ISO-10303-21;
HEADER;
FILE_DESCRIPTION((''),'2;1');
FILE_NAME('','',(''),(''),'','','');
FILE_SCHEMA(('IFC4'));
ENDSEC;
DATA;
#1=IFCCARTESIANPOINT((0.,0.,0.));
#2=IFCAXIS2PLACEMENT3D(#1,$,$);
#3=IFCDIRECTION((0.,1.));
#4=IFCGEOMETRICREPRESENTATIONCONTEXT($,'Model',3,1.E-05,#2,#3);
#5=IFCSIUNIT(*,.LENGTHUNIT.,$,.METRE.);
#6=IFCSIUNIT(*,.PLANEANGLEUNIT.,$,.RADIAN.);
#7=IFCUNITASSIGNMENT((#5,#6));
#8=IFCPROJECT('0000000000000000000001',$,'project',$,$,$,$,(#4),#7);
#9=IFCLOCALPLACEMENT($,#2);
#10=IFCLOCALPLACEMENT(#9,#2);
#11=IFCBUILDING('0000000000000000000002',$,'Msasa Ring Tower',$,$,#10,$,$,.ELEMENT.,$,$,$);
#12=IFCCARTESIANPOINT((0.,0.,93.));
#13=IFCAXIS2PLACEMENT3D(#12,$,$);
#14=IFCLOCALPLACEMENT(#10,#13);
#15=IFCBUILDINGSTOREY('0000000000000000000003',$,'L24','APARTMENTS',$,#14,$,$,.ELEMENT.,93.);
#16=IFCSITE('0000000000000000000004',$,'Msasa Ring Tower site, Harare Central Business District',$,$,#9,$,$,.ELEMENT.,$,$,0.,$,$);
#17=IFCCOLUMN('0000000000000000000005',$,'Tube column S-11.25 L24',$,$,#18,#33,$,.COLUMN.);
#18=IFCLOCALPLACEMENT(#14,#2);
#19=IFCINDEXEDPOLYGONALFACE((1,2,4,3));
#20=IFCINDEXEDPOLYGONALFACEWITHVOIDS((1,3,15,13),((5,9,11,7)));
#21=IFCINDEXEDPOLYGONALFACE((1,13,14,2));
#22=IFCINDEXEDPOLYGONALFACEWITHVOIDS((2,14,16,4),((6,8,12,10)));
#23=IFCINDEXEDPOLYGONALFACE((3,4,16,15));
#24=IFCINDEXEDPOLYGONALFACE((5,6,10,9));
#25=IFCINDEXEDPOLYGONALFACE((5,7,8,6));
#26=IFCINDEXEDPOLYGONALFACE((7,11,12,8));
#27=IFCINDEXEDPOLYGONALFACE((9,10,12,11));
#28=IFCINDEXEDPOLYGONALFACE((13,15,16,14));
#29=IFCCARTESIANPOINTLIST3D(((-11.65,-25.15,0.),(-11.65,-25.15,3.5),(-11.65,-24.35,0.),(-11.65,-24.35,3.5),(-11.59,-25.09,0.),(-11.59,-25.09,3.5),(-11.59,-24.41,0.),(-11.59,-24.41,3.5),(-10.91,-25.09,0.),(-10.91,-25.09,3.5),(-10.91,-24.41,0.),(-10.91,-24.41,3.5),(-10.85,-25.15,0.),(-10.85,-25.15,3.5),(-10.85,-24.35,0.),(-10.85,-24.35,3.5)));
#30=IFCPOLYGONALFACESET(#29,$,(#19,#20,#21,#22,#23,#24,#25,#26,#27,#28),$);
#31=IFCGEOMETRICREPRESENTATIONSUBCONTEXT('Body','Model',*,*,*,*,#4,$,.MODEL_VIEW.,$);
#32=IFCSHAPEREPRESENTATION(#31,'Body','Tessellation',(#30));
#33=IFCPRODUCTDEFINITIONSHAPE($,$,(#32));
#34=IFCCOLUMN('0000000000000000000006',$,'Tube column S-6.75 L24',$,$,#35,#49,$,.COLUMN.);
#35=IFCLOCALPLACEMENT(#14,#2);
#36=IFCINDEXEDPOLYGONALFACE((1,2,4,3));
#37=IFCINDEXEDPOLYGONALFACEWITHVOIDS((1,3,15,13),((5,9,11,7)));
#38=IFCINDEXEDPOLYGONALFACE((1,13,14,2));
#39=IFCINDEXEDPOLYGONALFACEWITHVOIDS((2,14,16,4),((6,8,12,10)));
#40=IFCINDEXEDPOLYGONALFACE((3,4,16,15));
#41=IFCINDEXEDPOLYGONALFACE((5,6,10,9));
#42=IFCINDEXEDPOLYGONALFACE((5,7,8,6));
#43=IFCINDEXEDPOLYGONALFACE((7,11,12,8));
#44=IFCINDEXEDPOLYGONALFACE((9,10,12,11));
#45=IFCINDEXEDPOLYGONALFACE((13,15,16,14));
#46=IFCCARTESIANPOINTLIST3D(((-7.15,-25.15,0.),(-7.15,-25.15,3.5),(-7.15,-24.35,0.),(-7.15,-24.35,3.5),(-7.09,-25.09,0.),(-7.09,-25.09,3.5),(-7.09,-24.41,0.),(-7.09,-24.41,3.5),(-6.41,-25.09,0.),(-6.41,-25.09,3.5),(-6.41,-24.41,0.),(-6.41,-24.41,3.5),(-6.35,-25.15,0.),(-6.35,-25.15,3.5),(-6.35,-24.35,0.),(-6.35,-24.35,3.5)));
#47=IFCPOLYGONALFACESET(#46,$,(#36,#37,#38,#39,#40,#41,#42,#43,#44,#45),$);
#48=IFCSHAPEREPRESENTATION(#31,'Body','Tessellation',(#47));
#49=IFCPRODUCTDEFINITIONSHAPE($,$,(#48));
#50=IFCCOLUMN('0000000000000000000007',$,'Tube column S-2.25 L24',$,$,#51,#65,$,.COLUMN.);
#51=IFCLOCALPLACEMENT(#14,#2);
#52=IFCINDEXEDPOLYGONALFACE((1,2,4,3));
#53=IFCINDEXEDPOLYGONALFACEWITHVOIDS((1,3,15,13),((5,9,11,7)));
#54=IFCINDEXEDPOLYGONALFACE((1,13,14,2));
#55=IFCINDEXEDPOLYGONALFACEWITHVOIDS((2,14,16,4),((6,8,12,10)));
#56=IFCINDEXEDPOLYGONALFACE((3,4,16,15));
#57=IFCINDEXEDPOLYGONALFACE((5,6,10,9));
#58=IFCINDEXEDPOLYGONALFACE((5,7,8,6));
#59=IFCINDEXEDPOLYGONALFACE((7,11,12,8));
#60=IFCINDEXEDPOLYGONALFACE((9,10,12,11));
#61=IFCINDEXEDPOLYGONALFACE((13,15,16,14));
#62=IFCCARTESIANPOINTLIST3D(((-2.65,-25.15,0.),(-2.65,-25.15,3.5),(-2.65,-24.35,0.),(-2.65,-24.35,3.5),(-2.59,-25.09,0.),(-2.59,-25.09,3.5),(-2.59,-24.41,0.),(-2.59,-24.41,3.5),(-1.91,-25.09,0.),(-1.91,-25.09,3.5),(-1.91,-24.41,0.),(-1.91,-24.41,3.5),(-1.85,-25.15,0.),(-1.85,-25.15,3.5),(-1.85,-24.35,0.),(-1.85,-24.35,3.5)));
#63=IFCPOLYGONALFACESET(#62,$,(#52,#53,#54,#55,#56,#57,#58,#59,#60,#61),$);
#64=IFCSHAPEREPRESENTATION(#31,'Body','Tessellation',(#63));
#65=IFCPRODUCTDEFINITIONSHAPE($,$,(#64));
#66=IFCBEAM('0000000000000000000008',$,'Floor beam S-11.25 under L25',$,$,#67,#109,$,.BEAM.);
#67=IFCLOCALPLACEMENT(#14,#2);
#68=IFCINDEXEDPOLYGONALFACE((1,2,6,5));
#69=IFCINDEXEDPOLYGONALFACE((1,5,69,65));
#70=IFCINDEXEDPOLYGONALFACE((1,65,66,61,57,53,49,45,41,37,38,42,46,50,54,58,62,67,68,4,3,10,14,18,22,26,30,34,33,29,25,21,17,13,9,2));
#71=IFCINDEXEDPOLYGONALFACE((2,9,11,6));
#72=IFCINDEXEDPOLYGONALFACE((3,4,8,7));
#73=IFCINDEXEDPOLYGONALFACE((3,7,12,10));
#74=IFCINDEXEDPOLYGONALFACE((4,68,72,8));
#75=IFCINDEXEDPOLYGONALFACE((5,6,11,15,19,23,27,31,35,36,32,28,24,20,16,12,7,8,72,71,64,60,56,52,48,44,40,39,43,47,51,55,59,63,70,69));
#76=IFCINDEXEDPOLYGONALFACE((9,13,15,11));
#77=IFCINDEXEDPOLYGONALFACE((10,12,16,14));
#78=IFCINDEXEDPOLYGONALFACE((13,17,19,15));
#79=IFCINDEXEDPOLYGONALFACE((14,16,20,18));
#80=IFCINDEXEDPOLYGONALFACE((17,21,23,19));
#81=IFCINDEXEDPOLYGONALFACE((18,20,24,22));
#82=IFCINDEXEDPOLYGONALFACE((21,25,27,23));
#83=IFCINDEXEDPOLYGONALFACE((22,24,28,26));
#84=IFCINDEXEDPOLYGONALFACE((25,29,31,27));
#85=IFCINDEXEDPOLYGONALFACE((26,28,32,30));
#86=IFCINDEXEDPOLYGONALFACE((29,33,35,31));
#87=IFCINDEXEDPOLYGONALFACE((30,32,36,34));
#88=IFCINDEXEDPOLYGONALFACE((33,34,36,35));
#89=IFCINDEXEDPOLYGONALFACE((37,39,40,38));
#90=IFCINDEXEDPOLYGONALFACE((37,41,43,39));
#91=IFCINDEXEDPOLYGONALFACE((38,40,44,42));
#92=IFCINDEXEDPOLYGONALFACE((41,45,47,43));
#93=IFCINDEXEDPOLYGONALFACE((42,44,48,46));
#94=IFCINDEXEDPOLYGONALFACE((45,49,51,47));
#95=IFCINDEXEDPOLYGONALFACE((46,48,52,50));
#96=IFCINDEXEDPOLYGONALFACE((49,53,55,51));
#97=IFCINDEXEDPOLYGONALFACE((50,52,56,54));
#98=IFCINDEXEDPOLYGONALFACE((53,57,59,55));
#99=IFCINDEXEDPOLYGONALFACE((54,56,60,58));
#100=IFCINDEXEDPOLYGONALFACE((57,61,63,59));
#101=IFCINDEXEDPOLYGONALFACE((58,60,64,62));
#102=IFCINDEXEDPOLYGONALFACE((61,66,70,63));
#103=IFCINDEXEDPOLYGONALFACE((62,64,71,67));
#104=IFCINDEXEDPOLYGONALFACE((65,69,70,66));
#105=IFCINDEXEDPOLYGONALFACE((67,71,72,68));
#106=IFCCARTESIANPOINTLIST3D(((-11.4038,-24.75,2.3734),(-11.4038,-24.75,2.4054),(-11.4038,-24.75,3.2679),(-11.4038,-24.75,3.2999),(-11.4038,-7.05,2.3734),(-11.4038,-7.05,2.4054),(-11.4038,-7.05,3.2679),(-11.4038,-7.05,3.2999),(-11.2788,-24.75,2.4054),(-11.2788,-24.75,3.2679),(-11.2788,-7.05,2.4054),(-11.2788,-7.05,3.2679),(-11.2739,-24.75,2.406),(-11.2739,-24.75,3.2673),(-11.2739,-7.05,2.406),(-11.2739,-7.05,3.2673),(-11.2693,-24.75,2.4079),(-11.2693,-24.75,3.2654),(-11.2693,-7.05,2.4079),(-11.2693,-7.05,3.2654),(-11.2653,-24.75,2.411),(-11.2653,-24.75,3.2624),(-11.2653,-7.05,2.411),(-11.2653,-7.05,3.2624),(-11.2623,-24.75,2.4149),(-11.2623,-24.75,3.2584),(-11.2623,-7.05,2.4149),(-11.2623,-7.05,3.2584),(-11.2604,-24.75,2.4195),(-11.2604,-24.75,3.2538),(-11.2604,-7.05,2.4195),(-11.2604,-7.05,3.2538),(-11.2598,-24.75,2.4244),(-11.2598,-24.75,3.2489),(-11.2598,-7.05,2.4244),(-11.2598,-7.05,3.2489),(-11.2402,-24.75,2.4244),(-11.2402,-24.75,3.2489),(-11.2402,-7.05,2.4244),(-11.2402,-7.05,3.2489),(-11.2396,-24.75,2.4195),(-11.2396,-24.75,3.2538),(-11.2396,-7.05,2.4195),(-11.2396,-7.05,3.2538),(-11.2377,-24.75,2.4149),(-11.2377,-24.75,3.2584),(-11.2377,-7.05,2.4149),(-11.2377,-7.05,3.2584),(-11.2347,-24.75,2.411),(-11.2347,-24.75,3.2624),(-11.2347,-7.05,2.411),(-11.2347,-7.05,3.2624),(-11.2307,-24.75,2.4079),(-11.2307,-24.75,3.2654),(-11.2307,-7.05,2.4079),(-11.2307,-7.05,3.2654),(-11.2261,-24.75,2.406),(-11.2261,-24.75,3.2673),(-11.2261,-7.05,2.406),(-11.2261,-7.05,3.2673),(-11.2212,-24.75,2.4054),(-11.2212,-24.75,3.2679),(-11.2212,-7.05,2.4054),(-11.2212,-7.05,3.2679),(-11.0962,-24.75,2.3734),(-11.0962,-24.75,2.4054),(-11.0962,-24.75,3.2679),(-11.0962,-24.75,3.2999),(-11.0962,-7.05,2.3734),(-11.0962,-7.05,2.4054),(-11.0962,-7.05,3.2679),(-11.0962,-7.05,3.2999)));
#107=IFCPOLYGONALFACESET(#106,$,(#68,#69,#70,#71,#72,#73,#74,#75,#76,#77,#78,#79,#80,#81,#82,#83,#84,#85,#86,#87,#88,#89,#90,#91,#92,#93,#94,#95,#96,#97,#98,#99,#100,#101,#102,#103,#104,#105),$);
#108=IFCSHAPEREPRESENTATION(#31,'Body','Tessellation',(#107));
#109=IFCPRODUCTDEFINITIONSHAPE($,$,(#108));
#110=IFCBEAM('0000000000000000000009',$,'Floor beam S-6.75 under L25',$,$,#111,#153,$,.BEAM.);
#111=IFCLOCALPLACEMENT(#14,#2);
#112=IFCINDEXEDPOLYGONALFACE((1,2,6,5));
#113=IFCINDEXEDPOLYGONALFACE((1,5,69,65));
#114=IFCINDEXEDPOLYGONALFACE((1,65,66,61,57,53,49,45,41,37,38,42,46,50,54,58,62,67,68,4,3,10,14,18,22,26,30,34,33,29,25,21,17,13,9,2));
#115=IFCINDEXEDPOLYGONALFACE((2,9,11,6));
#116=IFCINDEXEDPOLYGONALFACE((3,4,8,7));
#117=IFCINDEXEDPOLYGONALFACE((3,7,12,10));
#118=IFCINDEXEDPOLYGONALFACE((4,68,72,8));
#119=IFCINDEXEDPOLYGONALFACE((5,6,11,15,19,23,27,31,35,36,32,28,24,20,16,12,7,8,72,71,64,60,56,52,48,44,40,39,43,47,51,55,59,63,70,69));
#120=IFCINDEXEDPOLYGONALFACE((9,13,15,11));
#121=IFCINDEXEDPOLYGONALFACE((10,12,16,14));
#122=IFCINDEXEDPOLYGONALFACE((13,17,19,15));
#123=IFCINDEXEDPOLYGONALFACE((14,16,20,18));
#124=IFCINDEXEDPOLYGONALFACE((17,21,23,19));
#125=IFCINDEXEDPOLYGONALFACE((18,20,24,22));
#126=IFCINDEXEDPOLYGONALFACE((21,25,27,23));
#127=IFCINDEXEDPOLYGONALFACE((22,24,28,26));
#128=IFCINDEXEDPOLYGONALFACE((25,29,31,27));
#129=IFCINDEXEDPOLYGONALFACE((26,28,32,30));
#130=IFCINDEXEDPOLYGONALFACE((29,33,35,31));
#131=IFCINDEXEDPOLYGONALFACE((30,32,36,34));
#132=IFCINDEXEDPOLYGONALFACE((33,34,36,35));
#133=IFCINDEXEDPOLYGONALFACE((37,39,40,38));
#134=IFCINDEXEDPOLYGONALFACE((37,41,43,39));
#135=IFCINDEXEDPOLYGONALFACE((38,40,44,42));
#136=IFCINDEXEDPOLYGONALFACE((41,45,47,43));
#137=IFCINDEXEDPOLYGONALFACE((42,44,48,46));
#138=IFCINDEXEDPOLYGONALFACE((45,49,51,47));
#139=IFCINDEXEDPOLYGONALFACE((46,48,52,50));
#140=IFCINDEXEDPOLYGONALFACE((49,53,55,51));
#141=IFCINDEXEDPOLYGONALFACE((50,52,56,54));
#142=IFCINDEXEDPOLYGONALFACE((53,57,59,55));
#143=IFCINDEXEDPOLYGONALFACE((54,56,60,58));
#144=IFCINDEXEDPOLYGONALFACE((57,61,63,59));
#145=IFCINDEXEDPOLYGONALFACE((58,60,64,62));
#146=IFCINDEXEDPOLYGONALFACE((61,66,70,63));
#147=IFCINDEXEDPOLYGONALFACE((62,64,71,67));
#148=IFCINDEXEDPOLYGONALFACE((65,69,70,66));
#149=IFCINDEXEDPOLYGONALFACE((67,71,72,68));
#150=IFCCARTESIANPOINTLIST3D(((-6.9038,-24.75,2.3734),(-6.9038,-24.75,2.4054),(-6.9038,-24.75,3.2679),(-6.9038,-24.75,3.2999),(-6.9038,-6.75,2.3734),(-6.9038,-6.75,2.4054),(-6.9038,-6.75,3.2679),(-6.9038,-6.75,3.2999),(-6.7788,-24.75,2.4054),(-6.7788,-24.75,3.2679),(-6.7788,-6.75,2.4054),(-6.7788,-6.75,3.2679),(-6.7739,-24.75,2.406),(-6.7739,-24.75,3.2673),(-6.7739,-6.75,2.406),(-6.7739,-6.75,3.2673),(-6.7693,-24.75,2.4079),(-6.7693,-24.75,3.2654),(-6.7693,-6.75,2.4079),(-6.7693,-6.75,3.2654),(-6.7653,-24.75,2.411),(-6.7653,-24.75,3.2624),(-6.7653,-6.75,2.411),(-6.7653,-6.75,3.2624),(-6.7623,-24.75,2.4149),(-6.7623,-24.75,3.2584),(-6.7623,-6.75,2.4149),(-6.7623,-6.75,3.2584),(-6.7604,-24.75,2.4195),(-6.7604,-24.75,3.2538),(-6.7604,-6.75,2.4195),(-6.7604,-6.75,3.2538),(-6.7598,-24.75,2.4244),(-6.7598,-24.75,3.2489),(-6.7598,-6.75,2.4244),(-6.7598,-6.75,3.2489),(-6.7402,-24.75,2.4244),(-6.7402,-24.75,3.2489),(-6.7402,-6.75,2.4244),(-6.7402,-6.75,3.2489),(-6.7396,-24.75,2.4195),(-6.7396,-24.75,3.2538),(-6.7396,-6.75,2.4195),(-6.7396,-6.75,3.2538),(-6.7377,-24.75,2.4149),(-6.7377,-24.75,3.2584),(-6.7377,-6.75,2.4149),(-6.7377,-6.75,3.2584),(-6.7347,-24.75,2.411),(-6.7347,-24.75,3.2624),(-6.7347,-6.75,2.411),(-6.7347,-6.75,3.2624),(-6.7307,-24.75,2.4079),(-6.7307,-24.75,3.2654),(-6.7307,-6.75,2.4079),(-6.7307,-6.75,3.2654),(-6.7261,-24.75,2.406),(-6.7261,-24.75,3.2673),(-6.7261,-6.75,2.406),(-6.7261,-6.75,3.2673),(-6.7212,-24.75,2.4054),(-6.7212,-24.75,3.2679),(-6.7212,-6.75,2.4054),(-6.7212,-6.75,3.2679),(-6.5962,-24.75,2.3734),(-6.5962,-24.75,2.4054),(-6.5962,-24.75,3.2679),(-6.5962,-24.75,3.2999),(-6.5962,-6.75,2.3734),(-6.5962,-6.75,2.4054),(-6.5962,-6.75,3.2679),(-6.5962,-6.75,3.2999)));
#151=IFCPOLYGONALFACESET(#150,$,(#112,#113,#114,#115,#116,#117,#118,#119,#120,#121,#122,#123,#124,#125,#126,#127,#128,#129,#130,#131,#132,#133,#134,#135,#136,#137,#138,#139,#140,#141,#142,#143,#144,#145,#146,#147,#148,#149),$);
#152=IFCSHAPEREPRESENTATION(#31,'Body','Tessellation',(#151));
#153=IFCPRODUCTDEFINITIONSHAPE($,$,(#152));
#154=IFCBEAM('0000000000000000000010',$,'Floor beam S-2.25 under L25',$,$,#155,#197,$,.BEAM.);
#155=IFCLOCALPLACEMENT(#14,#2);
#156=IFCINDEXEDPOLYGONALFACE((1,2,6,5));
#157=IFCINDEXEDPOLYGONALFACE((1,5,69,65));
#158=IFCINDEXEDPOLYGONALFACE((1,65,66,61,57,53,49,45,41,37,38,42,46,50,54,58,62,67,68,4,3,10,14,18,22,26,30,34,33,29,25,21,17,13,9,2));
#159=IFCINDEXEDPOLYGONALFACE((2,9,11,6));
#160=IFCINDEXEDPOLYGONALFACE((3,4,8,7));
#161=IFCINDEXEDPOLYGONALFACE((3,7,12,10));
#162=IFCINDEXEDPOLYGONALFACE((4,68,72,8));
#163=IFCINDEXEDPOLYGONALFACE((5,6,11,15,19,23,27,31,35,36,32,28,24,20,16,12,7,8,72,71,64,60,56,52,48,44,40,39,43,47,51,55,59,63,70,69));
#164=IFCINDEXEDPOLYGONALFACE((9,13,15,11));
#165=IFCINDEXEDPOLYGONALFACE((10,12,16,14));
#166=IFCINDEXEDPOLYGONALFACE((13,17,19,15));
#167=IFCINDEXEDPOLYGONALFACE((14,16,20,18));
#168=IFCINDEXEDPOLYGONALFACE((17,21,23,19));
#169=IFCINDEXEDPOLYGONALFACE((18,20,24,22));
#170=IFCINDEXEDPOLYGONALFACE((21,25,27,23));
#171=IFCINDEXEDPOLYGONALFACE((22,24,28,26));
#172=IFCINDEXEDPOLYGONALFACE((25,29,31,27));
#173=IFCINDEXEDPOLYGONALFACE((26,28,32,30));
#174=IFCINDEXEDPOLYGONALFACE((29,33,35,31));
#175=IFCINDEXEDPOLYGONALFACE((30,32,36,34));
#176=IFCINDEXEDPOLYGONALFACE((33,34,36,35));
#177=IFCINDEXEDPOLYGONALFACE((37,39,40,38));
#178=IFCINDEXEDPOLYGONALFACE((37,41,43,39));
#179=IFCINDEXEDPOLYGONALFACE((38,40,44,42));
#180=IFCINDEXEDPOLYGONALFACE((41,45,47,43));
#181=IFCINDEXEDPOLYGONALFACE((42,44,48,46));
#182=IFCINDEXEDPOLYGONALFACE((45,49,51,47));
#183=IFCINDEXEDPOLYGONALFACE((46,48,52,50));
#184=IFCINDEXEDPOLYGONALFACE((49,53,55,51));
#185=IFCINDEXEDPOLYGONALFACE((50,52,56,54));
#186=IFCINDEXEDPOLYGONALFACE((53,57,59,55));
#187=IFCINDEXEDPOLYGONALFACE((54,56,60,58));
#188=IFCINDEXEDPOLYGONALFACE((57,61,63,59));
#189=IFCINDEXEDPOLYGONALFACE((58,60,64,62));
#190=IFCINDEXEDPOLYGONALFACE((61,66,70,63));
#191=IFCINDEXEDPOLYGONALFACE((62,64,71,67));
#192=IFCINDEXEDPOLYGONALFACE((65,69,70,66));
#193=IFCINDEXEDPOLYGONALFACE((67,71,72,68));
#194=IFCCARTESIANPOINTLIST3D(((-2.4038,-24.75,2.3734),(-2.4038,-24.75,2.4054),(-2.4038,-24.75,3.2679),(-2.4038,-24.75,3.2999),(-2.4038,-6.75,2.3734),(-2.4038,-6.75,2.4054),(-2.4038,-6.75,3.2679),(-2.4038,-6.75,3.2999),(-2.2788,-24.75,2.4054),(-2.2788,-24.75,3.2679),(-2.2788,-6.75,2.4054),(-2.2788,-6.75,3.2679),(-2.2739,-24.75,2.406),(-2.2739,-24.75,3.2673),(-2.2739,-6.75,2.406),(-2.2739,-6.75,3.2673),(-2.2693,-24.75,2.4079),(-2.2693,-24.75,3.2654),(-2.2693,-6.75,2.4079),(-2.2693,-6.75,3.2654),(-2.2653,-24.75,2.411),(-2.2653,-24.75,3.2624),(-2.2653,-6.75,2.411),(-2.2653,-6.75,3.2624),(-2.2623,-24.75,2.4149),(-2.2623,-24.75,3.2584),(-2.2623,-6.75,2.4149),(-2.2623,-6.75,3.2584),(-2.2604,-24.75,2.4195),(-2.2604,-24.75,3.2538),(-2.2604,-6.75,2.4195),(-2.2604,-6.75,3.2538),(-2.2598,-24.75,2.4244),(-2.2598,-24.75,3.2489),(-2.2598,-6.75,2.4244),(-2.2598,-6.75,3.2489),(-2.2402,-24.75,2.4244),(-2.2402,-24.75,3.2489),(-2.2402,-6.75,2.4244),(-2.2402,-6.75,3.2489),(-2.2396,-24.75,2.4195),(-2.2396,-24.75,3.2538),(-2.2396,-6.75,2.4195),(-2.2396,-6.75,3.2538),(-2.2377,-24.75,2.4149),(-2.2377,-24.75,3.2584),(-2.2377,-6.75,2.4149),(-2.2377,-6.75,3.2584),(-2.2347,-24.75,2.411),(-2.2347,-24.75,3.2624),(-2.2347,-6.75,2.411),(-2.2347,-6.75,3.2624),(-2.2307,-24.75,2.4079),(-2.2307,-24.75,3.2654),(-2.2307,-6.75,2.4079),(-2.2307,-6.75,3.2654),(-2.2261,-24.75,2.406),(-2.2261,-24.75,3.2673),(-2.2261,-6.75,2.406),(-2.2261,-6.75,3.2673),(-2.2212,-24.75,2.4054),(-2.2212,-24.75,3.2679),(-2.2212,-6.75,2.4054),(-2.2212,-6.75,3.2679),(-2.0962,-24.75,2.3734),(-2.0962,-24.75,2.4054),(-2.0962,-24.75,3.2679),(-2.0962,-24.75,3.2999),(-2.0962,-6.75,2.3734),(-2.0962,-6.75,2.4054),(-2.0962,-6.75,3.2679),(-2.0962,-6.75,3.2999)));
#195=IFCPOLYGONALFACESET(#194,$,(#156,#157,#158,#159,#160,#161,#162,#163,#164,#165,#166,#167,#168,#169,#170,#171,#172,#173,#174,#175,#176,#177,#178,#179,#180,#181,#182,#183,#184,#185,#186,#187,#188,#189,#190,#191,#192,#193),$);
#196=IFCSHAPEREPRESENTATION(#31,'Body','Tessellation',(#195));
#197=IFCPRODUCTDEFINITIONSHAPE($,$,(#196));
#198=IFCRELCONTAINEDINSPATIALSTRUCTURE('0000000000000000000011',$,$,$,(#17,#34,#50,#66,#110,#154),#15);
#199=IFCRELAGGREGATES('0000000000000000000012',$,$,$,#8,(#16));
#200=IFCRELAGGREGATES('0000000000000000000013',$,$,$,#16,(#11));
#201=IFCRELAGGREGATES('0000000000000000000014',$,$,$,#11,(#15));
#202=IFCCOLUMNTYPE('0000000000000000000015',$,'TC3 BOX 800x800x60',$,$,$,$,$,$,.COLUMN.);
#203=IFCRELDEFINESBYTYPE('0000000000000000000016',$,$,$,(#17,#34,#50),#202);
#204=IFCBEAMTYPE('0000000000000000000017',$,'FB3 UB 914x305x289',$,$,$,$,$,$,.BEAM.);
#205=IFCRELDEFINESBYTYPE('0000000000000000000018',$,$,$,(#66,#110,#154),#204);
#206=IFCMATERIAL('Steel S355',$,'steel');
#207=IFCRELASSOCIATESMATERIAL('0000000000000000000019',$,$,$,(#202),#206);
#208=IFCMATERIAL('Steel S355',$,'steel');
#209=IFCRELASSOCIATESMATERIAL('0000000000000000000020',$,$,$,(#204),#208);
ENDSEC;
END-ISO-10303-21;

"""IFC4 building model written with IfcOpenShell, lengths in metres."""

from ifc_helpers import new_model, si_unit, direction, frame, origin, origin_2d, place, context, subcontext, project, spatial, hollow_rectangle, i_section, extrude, material, material_profile, profile_set, type_object, element, save


model = new_model("IFC4")

# Units and contexts
model_context = context("Model", 3, precision=1e-05, world=origin(), true_north=direction((0.0, 1.0)))
body_context = subcontext(model_context, "Body", "Model", "MODEL_VIEW")
ifc_project = project(units=[si_unit("LENGTHUNIT", "METRE"), si_unit("PLANEANGLEUNIT", "RADIAN")], contexts=[model_context])

# Site, building, storey
site_placement = place(None, origin())
site = spatial("IfcSite", under=ifc_project, at=site_placement, Name="Msasa Ring Tower site, Harare Central Business District", CompositionType="ELEMENT", RefElevation=0.0)
building_placement = place(site_placement, origin())
building = spatial("IfcBuilding", under=site, at=building_placement, Name="Msasa Ring Tower", CompositionType="ELEMENT")
storey_placement = place(building_placement, frame((0.0, 0.0, 93.0)))
storey = spatial("IfcBuildingStorey", under=building, at=storey_placement, Name="L24", Description="APARTMENTS", CompositionType="ELEMENT", Elevation=93.0)

# Columns
ifc_material_1 = material(Name="Steel S355", Category="steel")
ifc_material_profile_1 = material_profile(ifc_material_1, hollow_rectangle(XDim=0.8, YDim=0.8, WallThickness=0.0601, at=origin_2d()), Name="BOX 800x800x60")
ifc_profile_set_1 = profile_set([ifc_material_profile_1], Name="Steel S355")
column_type = type_object("IfcColumnType", Name="TC3 BOX 800x800x60", PredefinedType="COLUMN", material=ifc_profile_set_1)
for number, where, z_axis, x_axis, name in (
    (1, (-11.25, -24.75, 0.0), (0.0, 0.0, 1.0), (0.0, 1.0, 0.0), "Tube column S-11.25 L24"),
    (2, (-6.75, -24.75, 0.0), (0.0, 0.0, 1.0), (0.0, 1.0, 0.0), "Tube column S-6.75 L24"),
    (3, (-2.25, -24.75, 0.0), (0.0, 0.0, 1.0), (0.0, 1.0, 0.0), "Tube column S-2.25 L24"),
):
    element("IfcColumn", number, at=place(storey_placement, frame(where, z_axis=z_axis, x_axis=x_axis)), inside=storey, type_object=column_type, Name=name, PredefinedType="COLUMN", context=body_context, shape_type="SweptSolid", body=[
        extrude(hollow_rectangle(XDim=0.8, YDim=0.8, WallThickness=0.0601, at=origin_2d()), origin(), (0.0, 0.0, 1.0), 3.5),
    ])

# Beams
ifc_material_2 = material(Name="Steel S355", Category="steel")
ifc_material_profile_2 = material_profile(ifc_material_2, i_section(OverallWidth=0.3076, OverallDepth=0.9265, WebThickness=0.0195, FlangeThickness=0.032, FilletRadius=0.019, at=origin_2d()), Name="UB 914x305x289")
ifc_profile_set_2 = profile_set([ifc_material_profile_2], Name="Steel S355")
beam_type_1 = type_object("IfcBeamType", Name="FB3 UB 914x305x289", PredefinedType="BEAM", material=ifc_profile_set_2)
beam_placement = place(storey_placement, frame((-11.25, -24.75, 2.8367), z_axis=(0.0, 1.0, 0.0), x_axis=(-1.0, 0.0, 0.0)))
element("IfcBeam", 4, at=beam_placement, inside=storey, type_object=beam_type_1, Name="Floor beam S-11.25 under L25", PredefinedType="BEAM", context=body_context, shape_type="SweptSolid", body=[
    extrude(i_section(OverallWidth=0.3076, OverallDepth=0.9265, WebThickness=0.0195, FlangeThickness=0.032, FilletRadius=0.019, at=origin_2d()), origin(), (0.0, 0.0, 1.0), 17.7),
])
for number, where, z_axis, x_axis, name in (
    (5, (-6.75, -24.75, 2.8367), (0.0, 1.0, 0.0), (-1.0, 0.0, 0.0), "Floor beam S-6.75 under L25"),
    (6, (-2.25, -24.75, 2.8367), (0.0, 1.0, 0.0), (-1.0, 0.0, 0.0), "Floor beam S-2.25 under L25"),
):
    element("IfcBeam", number, at=place(storey_placement, frame(where, z_axis=z_axis, x_axis=x_axis)), inside=storey, type_object=beam_type_1, Name=name, PredefinedType="BEAM", context=body_context, shape_type="SweptSolid", body=[
        extrude(i_section(OverallWidth=0.3076, OverallDepth=0.9265, WebThickness=0.0195, FlangeThickness=0.032, FilletRadius=0.019, at=origin_2d()), origin(), (0.0, 0.0, 1.0), 18.0),
    ])

save(model, "model.ifc")
